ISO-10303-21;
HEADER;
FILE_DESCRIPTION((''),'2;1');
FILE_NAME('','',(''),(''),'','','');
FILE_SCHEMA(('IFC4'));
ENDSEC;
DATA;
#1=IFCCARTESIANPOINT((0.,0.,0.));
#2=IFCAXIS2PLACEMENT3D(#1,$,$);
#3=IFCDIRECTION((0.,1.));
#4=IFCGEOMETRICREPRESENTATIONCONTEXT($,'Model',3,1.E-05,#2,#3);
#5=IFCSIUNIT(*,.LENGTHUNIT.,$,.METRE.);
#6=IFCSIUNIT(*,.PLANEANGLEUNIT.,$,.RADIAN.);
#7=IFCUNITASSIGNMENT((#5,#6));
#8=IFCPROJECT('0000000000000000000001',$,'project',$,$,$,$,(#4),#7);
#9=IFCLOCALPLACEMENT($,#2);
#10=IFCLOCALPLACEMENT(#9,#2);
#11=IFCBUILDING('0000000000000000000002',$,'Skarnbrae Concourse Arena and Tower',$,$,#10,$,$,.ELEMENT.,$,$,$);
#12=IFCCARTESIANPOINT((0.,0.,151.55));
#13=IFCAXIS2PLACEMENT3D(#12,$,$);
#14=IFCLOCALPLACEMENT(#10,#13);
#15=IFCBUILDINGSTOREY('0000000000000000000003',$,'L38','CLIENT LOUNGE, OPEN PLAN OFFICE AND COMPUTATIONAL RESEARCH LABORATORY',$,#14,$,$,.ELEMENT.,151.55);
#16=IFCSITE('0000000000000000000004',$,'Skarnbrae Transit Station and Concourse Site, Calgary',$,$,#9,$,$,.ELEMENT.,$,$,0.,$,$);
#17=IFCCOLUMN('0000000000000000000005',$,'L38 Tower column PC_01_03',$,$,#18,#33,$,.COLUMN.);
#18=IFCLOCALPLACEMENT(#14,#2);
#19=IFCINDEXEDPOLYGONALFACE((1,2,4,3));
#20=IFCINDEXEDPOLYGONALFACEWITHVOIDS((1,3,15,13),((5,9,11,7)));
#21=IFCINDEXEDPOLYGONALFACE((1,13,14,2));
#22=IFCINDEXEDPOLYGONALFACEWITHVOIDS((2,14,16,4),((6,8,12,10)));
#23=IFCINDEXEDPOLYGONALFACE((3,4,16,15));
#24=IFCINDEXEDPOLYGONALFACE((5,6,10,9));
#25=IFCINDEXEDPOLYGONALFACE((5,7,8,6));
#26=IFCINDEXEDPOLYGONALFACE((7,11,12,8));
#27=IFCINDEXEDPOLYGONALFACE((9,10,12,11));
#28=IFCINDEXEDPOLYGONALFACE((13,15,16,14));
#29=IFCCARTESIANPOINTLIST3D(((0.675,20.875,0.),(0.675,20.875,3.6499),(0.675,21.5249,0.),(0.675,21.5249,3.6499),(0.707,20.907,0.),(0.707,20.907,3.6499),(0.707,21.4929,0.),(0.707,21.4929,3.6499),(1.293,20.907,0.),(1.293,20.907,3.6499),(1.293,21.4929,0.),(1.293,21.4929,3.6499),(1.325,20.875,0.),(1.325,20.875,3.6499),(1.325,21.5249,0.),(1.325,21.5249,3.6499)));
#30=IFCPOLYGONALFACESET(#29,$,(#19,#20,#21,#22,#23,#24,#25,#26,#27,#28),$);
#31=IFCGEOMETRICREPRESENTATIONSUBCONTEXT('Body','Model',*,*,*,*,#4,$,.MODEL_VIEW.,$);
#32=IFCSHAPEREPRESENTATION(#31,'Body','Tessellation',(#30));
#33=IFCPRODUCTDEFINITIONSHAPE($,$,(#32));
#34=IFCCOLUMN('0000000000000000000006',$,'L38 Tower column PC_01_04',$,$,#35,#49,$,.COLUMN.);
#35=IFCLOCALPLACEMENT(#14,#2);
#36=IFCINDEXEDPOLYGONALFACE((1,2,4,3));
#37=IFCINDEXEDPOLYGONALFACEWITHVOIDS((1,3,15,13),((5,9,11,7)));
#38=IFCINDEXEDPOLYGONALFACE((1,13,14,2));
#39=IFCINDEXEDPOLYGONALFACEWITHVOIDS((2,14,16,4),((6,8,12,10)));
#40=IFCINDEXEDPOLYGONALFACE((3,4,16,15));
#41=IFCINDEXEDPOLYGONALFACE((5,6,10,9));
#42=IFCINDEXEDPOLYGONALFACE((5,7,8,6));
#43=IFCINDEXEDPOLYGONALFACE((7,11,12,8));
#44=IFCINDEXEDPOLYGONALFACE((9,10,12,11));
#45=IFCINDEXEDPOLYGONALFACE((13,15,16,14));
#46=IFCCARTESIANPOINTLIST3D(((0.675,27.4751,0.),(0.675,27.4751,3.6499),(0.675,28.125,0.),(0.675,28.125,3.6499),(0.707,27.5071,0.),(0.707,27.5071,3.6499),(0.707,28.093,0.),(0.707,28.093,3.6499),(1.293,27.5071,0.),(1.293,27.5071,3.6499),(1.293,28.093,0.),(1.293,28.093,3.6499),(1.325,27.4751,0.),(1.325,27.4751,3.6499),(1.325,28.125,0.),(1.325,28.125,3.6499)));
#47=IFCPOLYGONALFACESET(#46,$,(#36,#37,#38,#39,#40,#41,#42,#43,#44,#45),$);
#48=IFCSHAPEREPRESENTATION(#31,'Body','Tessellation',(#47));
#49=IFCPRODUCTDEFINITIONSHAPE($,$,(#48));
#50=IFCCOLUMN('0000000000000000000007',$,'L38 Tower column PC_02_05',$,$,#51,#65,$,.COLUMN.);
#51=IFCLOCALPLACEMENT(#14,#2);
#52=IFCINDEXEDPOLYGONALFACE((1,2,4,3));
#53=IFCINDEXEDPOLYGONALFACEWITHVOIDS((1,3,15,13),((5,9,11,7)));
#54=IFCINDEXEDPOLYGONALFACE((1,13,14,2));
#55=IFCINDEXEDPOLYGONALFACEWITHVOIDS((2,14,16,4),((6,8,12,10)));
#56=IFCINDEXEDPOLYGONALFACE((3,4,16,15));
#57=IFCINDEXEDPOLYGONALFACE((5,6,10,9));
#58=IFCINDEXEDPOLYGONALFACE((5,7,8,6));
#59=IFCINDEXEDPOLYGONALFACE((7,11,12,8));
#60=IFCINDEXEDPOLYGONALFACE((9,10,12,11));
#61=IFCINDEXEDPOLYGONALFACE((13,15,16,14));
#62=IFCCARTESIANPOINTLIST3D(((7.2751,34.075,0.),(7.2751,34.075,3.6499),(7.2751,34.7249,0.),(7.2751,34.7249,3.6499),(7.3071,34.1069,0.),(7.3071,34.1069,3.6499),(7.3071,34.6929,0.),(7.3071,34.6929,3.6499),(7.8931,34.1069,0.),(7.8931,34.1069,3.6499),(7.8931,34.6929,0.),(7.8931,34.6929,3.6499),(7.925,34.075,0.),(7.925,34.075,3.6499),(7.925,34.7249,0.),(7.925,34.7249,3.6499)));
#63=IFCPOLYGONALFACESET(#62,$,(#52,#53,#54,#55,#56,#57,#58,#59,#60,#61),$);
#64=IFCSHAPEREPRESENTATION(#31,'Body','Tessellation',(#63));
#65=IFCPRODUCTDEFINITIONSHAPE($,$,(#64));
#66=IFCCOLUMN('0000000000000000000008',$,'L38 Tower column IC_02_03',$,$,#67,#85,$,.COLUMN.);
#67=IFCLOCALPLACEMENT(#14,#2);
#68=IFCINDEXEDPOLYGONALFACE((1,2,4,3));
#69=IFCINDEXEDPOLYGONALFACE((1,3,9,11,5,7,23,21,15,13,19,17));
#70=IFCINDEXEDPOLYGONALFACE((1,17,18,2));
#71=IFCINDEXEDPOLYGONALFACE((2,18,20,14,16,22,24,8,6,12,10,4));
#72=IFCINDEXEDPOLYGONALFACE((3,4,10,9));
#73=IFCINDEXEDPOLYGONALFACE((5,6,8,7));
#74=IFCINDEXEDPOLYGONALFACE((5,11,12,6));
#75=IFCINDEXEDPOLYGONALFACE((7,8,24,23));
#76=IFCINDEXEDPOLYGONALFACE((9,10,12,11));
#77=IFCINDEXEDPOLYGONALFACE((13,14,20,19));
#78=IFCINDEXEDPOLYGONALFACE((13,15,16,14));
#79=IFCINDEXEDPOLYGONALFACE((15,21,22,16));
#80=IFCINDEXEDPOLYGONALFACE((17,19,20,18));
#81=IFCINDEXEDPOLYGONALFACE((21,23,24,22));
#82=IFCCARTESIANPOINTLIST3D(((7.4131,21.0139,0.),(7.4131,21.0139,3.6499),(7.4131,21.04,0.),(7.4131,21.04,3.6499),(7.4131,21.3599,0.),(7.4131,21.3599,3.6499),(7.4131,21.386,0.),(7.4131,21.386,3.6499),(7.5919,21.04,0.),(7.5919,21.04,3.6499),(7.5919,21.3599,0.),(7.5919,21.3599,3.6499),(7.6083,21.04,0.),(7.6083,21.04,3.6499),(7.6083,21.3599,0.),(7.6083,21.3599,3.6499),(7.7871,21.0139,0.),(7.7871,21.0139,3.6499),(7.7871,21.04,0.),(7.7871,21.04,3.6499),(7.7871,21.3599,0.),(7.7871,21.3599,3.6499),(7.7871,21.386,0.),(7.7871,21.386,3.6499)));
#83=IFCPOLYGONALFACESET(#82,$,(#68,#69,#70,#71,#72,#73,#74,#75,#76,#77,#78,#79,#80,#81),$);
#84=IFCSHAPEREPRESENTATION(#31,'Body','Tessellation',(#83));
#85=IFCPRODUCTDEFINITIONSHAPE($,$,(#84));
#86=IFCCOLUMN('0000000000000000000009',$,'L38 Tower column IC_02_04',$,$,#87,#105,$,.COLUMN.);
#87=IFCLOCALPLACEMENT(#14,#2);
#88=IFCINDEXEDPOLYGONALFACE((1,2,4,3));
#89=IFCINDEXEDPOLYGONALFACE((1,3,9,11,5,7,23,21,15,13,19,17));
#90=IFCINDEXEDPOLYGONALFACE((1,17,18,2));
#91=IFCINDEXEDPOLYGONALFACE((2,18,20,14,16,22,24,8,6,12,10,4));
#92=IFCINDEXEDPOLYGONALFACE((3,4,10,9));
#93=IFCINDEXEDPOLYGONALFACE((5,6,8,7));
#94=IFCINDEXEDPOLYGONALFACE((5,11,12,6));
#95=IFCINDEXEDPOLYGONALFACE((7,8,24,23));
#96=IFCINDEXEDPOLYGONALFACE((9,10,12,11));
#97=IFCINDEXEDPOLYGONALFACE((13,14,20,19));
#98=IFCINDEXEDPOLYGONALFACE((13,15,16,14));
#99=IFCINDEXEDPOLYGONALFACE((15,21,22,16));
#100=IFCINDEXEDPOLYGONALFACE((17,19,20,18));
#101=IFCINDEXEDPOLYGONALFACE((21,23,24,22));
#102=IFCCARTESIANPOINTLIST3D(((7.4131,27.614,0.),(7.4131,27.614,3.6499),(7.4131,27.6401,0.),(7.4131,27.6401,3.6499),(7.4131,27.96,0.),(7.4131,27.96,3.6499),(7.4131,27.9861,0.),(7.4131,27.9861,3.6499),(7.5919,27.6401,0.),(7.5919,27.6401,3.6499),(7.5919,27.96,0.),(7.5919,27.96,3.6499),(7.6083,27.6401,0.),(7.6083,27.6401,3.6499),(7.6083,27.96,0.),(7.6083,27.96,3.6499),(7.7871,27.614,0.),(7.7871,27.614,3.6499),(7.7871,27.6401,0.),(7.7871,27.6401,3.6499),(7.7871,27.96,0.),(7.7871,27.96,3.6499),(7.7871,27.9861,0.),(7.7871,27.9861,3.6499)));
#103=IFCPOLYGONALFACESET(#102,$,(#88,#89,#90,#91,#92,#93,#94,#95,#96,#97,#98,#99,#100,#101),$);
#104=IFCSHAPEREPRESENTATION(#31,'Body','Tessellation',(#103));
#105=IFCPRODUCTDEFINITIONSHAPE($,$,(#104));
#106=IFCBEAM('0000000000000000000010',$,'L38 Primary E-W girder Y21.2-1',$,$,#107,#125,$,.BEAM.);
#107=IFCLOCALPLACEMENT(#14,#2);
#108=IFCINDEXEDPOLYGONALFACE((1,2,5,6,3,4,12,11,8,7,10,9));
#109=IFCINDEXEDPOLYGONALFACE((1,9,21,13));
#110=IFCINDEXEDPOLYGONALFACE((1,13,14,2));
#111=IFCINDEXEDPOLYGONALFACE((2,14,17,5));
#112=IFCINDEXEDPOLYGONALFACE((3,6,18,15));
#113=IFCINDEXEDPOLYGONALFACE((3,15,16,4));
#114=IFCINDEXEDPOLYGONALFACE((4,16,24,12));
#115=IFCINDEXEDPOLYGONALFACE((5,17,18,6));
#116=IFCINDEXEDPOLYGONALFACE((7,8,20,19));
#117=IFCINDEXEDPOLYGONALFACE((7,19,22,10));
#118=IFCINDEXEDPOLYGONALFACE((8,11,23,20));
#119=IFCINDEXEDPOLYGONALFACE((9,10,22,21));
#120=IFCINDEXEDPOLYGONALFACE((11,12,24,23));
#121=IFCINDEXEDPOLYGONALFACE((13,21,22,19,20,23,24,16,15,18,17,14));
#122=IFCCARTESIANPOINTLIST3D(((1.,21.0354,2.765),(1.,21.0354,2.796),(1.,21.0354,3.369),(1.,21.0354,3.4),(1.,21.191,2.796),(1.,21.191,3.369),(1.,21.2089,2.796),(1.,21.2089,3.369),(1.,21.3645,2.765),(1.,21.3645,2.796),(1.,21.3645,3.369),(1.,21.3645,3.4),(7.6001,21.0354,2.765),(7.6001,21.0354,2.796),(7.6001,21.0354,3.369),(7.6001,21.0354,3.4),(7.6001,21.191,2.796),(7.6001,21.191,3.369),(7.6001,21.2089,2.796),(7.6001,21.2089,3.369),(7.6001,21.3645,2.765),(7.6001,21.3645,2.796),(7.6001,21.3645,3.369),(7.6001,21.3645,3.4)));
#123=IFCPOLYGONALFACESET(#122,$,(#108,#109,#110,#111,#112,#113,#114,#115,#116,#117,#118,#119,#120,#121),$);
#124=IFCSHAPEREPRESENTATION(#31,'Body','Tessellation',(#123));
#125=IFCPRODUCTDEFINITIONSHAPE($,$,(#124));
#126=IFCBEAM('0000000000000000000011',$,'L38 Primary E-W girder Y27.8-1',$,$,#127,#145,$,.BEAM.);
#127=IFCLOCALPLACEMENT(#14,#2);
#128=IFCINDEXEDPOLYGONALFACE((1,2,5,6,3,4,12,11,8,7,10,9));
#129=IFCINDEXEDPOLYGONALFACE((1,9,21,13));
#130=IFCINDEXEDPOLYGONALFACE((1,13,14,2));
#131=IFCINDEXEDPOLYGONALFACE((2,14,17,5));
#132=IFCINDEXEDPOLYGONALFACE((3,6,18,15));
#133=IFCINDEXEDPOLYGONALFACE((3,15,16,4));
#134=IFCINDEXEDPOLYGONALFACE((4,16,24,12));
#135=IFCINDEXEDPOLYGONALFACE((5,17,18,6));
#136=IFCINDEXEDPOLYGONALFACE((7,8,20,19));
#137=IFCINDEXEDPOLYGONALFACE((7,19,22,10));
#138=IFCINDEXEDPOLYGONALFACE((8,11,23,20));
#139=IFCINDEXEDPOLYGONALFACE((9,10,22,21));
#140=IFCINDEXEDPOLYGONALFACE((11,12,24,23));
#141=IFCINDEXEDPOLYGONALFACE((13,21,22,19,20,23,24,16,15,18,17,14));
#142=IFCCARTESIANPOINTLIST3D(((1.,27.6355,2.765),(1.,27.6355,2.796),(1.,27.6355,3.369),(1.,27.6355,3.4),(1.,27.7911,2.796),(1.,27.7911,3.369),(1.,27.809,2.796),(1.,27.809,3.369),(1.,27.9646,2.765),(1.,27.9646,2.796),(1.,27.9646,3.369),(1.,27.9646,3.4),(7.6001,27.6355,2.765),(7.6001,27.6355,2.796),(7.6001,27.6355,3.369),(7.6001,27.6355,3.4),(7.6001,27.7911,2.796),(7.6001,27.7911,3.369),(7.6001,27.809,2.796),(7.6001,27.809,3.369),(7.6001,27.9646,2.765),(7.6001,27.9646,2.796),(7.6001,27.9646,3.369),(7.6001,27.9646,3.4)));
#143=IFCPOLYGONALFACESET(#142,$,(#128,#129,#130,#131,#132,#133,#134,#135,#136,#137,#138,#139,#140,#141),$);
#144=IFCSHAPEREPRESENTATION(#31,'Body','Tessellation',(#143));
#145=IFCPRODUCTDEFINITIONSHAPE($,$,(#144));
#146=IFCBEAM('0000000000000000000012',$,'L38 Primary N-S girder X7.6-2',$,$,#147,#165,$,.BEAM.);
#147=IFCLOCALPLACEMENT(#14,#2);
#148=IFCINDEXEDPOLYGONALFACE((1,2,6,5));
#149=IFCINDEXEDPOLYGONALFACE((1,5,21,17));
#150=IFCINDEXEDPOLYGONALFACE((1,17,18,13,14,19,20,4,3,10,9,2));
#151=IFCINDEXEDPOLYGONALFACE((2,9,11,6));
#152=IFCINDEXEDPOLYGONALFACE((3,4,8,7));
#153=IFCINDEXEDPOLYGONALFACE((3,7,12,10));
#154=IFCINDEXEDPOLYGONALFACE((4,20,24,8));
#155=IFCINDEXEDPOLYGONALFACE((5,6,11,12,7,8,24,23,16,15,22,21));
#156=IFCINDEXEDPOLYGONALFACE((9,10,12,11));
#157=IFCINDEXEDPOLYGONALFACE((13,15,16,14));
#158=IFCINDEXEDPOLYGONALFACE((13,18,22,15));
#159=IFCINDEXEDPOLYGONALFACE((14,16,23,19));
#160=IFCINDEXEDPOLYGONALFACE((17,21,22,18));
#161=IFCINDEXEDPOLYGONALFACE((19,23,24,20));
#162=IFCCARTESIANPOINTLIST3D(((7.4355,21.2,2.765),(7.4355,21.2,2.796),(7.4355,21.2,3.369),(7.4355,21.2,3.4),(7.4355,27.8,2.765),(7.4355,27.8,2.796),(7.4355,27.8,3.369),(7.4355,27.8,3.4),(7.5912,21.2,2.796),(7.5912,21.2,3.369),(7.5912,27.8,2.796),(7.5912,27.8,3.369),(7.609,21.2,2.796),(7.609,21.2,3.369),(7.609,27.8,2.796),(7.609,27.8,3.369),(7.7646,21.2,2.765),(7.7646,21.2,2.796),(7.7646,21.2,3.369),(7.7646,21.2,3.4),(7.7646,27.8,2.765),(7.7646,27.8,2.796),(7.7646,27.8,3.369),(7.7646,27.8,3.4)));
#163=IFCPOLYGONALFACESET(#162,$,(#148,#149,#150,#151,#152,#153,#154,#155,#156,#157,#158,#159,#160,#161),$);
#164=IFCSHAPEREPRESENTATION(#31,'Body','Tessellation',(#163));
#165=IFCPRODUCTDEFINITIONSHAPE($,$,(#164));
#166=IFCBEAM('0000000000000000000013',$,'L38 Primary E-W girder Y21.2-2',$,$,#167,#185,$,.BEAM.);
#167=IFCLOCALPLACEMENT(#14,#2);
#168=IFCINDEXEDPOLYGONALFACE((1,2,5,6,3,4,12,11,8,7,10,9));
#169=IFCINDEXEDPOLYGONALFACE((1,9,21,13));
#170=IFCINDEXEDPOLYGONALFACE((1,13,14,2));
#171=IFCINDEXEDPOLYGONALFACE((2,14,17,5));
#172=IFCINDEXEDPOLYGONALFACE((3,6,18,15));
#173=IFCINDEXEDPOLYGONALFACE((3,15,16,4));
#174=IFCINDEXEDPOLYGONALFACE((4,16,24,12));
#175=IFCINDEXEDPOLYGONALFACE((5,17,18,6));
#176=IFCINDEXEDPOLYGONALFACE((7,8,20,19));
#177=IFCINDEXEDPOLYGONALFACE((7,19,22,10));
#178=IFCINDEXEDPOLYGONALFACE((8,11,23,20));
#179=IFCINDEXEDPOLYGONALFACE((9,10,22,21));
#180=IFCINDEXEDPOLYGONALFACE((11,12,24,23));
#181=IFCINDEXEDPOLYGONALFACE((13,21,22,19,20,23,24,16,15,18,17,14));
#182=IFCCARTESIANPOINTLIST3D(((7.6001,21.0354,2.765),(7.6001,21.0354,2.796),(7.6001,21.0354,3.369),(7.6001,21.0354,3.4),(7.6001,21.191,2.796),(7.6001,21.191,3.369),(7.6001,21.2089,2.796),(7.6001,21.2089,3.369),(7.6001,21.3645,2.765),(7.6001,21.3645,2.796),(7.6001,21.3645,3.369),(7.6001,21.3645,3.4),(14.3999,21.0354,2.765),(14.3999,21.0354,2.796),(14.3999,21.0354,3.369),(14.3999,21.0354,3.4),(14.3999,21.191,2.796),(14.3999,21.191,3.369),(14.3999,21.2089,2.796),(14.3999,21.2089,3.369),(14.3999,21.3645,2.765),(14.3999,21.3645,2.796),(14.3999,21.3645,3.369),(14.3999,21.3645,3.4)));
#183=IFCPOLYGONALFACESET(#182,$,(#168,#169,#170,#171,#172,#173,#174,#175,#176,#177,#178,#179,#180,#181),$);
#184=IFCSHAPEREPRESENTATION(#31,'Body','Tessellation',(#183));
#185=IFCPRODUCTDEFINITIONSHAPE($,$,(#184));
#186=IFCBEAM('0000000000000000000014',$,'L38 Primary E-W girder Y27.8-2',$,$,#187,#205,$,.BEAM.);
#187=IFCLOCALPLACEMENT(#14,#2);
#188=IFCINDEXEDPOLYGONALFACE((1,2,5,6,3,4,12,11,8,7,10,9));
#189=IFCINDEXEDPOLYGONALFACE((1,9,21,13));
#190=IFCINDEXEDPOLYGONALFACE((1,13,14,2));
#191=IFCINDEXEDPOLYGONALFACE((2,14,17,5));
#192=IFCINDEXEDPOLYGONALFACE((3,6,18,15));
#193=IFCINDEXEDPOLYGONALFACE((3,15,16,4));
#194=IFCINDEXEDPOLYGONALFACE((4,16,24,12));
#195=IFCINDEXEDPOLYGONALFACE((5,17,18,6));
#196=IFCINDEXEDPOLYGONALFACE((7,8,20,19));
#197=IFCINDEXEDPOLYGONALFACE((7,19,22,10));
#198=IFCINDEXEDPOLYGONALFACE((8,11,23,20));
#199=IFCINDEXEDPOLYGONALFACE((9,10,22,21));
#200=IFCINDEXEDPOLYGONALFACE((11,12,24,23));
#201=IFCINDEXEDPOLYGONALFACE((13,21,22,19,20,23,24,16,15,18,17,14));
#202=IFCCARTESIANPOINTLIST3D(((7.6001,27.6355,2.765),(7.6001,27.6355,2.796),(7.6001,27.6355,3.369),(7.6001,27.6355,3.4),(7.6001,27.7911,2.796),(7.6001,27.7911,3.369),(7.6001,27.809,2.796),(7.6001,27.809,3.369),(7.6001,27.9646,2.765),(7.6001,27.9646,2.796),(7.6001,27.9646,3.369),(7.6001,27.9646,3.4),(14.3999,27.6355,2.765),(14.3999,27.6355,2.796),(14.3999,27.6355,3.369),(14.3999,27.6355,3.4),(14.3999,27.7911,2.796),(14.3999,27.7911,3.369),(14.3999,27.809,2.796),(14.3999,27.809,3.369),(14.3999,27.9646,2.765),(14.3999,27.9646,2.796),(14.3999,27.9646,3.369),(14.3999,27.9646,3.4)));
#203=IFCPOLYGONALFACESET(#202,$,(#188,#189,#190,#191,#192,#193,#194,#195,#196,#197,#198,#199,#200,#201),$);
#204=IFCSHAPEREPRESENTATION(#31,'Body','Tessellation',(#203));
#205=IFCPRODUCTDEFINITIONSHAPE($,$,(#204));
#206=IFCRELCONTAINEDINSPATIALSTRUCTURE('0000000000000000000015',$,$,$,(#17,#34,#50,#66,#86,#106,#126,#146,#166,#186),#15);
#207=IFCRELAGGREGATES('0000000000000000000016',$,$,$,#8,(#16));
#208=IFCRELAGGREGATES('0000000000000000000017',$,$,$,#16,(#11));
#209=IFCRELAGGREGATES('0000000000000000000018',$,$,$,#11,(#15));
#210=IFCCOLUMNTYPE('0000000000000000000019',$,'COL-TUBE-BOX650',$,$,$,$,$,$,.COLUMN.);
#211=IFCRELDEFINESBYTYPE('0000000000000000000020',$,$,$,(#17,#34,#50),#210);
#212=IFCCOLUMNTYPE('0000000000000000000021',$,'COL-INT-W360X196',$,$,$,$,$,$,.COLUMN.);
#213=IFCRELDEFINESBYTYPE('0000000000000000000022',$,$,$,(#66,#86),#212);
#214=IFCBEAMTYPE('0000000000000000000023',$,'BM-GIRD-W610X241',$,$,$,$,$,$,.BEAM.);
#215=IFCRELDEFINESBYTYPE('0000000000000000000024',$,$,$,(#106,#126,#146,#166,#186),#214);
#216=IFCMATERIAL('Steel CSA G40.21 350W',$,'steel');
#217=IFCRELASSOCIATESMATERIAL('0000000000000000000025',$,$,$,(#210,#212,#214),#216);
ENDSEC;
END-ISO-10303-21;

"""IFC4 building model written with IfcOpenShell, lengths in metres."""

from ifc_helpers import new_model, si_unit, direction, frame, origin, origin_2d, place, context, subcontext, project, spatial, hollow_rectangle, i_section, extrude, source, transform, mapped, material, material_profile, profile_set, type_object, element, save


model = new_model("IFC4")

# Units and contexts
model_context = context("Model", 3, precision=1e-05, world=origin(), true_north=direction((0.0, 1.0)))
body_context = subcontext(model_context, "Body", "Model", "MODEL_VIEW")
ifc_project = project(units=[si_unit("LENGTHUNIT", "METRE"), si_unit("PLANEANGLEUNIT", "RADIAN")], contexts=[model_context])

# Site, building, storey
site_placement = place(None, origin())
site = spatial("IfcSite", under=ifc_project, at=site_placement, Name="Skarnbrae Transit Station and Concourse Site, Calgary", CompositionType="ELEMENT", RefElevation=0.0)
building_placement = place(site_placement, origin())
building = spatial("IfcBuilding", under=site, at=building_placement, Name="Skarnbrae Concourse Arena and Tower", CompositionType="ELEMENT")
storey_placement = place(building_placement, frame((0.0, 0.0, 151.55)))
storey = spatial("IfcBuildingStorey", under=building, at=storey_placement, Name="L38", Description="CLIENT LOUNGE, OPEN PLAN OFFICE AND COMPUTATIONAL RESEARCH LABORATORY", CompositionType="ELEMENT", Elevation=151.55)

# Columns
ifc_material_1 = material(Name="Steel CSA G40.21 350W", Category="steel")
ifc_material_profile_1 = material_profile(ifc_material_1, hollow_rectangle(XDim=0.6499, YDim=0.6499, WallThickness=0.032, at=origin_2d()), Name="BOX650X650X32")
ifc_profile_set_1 = profile_set([ifc_material_profile_1], Name="Steel CSA G40.21 350W")
column_type_1 = type_object("IfcColumnType", Name="COL-TUBE-BOX650", PredefinedType="COLUMN", material=ifc_profile_set_1)
shared_shape_1 = source(origin(), body_context, "Body", "SweptSolid", [
    extrude(hollow_rectangle(XDim=0.6499, YDim=0.6499, WallThickness=0.032, at=origin_2d()), origin(), (0.0, 0.0, 1.0), 3.6499),
])
for number, where, z_axis, x_axis, name in (
    (1, (1.0, 21.2, 0.0), (0.0, 0.0, 1.0), (1.0, 0.0, 0.0), "L38 Tower column PC_01_03"),
    (2, (1.0, 27.8, 0.0), (0.0, 0.0, 1.0), (1.0, 0.0, 0.0), "L38 Tower column PC_01_04"),
    (3, (7.6001, 34.3999, 0.0), (0.0, 0.0, 1.0), (1.0, 0.0, 0.0), "L38 Tower column PC_02_05"),
):
    element("IfcColumn", number, at=place(storey_placement, frame(where, z_axis=z_axis, x_axis=x_axis)), inside=storey, type_object=column_type_1, Name=name, PredefinedType="COLUMN", context=body_context, shape_type="MappedRepresentation", body=[
        mapped(shared_shape_1, transform((0.0, 0.0, 0.0))),
    ])
ifc_material_profile_2 = material_profile(ifc_material_1, i_section(OverallWidth=0.374, OverallDepth=0.3721, WebThickness=0.0164, FlangeThickness=0.0261, at=origin_2d()), Name="W360X196")
ifc_profile_set_2 = profile_set([ifc_material_profile_2], Name="Steel CSA G40.21 350W")
column_type_2 = type_object("IfcColumnType", Name="COL-INT-W360X196", PredefinedType="COLUMN", material=ifc_profile_set_2)
shared_shape_2 = source(origin(), body_context, "Body", "SweptSolid", [
    extrude(i_section(OverallWidth=0.374, OverallDepth=0.3721, WebThickness=0.0164, FlangeThickness=0.0261, at=origin_2d()), origin(), (0.0, 0.0, 1.0), 3.6499),
])
for number, where, z_axis, x_axis, name in (
    (4, (7.6001, 21.2, 0.0), (0.0, 0.0, 1.0), (1.0, 0.0, 0.0), "L38 Tower column IC_02_03"),
    (5, (7.6001, 27.8, 0.0), (0.0, 0.0, 1.0), (1.0, 0.0, 0.0), "L38 Tower column IC_02_04"),
):
    element("IfcColumn", number, at=place(storey_placement, frame(where, z_axis=z_axis, x_axis=x_axis)), inside=storey, type_object=column_type_2, Name=name, PredefinedType="COLUMN", context=body_context, shape_type="MappedRepresentation", body=[
        mapped(shared_shape_2, transform((0.0, 0.0, 0.0))),
    ])

# Beams
ifc_material_profile_3 = material_profile(ifc_material_1, i_section(OverallWidth=0.3291, OverallDepth=0.635, WebThickness=0.0178, FlangeThickness=0.031, at=origin_2d()), Name="W610X241")
ifc_profile_set_3 = profile_set([ifc_material_profile_3], Name="Steel CSA G40.21 350W")
beam_type_1 = type_object("IfcBeamType", Name="BM-GIRD-W610X241", PredefinedType="BEAM", material=ifc_profile_set_3)
shared_shape_3 = source(origin(), body_context, "Body", "SweptSolid", [
    extrude(i_section(OverallWidth=0.3291, OverallDepth=0.635, WebThickness=0.0178, FlangeThickness=0.031, at=origin_2d()), origin(), (0.0, 0.0, 1.0), 6.6001),
])
for number, where, z_axis, x_axis, name in (
    (6, (1.0, 21.2, 3.0825), (1.0, 0.0, 0.0), (0.0, 1.0, 0.0), "L38 Primary E-W girder Y21.2-1"),
    (7, (1.0, 27.8, 3.0825), (1.0, 0.0, 0.0), (0.0, 1.0, 0.0), "L38 Primary E-W girder Y27.8-1"),
    (8, (7.6001, 21.2, 3.0825), (0.0, 1.0, 0.0), (-1.0, 0.0, 0.0), "L38 Primary N-S girder X7.6-2"),
):
    element("IfcBeam", number, at=place(storey_placement, frame(where, z_axis=z_axis, x_axis=x_axis)), inside=storey, type_object=beam_type_1, Name=name, PredefinedType="BEAM", context=body_context, shape_type="MappedRepresentation", body=[
        mapped(shared_shape_3, transform((0.0, 0.0, 0.0))),
    ])
shared_shape_4 = source(origin(), body_context, "Body", "SweptSolid", [
    extrude(i_section(OverallWidth=0.3291, OverallDepth=0.635, WebThickness=0.0178, FlangeThickness=0.031, at=origin_2d()), origin(), (0.0, 0.0, 1.0), 6.7998),
])
for number, where, z_axis, x_axis, name in (
    (9, (7.6001, 21.2, 3.0825), (1.0, 0.0, 0.0), (0.0, 1.0, 0.0), "L38 Primary E-W girder Y21.2-2"),
    (10, (7.6001, 27.8, 3.0825), (1.0, 0.0, 0.0), (0.0, 1.0, 0.0), "L38 Primary E-W girder Y27.8-2"),
):
    element("IfcBeam", number, at=place(storey_placement, frame(where, z_axis=z_axis, x_axis=x_axis)), inside=storey, type_object=beam_type_1, Name=name, PredefinedType="BEAM", context=body_context, shape_type="MappedRepresentation", body=[
        mapped(shared_shape_4, transform((0.0, 0.0, 0.0))),
    ])

save(model, "model.ifc")
